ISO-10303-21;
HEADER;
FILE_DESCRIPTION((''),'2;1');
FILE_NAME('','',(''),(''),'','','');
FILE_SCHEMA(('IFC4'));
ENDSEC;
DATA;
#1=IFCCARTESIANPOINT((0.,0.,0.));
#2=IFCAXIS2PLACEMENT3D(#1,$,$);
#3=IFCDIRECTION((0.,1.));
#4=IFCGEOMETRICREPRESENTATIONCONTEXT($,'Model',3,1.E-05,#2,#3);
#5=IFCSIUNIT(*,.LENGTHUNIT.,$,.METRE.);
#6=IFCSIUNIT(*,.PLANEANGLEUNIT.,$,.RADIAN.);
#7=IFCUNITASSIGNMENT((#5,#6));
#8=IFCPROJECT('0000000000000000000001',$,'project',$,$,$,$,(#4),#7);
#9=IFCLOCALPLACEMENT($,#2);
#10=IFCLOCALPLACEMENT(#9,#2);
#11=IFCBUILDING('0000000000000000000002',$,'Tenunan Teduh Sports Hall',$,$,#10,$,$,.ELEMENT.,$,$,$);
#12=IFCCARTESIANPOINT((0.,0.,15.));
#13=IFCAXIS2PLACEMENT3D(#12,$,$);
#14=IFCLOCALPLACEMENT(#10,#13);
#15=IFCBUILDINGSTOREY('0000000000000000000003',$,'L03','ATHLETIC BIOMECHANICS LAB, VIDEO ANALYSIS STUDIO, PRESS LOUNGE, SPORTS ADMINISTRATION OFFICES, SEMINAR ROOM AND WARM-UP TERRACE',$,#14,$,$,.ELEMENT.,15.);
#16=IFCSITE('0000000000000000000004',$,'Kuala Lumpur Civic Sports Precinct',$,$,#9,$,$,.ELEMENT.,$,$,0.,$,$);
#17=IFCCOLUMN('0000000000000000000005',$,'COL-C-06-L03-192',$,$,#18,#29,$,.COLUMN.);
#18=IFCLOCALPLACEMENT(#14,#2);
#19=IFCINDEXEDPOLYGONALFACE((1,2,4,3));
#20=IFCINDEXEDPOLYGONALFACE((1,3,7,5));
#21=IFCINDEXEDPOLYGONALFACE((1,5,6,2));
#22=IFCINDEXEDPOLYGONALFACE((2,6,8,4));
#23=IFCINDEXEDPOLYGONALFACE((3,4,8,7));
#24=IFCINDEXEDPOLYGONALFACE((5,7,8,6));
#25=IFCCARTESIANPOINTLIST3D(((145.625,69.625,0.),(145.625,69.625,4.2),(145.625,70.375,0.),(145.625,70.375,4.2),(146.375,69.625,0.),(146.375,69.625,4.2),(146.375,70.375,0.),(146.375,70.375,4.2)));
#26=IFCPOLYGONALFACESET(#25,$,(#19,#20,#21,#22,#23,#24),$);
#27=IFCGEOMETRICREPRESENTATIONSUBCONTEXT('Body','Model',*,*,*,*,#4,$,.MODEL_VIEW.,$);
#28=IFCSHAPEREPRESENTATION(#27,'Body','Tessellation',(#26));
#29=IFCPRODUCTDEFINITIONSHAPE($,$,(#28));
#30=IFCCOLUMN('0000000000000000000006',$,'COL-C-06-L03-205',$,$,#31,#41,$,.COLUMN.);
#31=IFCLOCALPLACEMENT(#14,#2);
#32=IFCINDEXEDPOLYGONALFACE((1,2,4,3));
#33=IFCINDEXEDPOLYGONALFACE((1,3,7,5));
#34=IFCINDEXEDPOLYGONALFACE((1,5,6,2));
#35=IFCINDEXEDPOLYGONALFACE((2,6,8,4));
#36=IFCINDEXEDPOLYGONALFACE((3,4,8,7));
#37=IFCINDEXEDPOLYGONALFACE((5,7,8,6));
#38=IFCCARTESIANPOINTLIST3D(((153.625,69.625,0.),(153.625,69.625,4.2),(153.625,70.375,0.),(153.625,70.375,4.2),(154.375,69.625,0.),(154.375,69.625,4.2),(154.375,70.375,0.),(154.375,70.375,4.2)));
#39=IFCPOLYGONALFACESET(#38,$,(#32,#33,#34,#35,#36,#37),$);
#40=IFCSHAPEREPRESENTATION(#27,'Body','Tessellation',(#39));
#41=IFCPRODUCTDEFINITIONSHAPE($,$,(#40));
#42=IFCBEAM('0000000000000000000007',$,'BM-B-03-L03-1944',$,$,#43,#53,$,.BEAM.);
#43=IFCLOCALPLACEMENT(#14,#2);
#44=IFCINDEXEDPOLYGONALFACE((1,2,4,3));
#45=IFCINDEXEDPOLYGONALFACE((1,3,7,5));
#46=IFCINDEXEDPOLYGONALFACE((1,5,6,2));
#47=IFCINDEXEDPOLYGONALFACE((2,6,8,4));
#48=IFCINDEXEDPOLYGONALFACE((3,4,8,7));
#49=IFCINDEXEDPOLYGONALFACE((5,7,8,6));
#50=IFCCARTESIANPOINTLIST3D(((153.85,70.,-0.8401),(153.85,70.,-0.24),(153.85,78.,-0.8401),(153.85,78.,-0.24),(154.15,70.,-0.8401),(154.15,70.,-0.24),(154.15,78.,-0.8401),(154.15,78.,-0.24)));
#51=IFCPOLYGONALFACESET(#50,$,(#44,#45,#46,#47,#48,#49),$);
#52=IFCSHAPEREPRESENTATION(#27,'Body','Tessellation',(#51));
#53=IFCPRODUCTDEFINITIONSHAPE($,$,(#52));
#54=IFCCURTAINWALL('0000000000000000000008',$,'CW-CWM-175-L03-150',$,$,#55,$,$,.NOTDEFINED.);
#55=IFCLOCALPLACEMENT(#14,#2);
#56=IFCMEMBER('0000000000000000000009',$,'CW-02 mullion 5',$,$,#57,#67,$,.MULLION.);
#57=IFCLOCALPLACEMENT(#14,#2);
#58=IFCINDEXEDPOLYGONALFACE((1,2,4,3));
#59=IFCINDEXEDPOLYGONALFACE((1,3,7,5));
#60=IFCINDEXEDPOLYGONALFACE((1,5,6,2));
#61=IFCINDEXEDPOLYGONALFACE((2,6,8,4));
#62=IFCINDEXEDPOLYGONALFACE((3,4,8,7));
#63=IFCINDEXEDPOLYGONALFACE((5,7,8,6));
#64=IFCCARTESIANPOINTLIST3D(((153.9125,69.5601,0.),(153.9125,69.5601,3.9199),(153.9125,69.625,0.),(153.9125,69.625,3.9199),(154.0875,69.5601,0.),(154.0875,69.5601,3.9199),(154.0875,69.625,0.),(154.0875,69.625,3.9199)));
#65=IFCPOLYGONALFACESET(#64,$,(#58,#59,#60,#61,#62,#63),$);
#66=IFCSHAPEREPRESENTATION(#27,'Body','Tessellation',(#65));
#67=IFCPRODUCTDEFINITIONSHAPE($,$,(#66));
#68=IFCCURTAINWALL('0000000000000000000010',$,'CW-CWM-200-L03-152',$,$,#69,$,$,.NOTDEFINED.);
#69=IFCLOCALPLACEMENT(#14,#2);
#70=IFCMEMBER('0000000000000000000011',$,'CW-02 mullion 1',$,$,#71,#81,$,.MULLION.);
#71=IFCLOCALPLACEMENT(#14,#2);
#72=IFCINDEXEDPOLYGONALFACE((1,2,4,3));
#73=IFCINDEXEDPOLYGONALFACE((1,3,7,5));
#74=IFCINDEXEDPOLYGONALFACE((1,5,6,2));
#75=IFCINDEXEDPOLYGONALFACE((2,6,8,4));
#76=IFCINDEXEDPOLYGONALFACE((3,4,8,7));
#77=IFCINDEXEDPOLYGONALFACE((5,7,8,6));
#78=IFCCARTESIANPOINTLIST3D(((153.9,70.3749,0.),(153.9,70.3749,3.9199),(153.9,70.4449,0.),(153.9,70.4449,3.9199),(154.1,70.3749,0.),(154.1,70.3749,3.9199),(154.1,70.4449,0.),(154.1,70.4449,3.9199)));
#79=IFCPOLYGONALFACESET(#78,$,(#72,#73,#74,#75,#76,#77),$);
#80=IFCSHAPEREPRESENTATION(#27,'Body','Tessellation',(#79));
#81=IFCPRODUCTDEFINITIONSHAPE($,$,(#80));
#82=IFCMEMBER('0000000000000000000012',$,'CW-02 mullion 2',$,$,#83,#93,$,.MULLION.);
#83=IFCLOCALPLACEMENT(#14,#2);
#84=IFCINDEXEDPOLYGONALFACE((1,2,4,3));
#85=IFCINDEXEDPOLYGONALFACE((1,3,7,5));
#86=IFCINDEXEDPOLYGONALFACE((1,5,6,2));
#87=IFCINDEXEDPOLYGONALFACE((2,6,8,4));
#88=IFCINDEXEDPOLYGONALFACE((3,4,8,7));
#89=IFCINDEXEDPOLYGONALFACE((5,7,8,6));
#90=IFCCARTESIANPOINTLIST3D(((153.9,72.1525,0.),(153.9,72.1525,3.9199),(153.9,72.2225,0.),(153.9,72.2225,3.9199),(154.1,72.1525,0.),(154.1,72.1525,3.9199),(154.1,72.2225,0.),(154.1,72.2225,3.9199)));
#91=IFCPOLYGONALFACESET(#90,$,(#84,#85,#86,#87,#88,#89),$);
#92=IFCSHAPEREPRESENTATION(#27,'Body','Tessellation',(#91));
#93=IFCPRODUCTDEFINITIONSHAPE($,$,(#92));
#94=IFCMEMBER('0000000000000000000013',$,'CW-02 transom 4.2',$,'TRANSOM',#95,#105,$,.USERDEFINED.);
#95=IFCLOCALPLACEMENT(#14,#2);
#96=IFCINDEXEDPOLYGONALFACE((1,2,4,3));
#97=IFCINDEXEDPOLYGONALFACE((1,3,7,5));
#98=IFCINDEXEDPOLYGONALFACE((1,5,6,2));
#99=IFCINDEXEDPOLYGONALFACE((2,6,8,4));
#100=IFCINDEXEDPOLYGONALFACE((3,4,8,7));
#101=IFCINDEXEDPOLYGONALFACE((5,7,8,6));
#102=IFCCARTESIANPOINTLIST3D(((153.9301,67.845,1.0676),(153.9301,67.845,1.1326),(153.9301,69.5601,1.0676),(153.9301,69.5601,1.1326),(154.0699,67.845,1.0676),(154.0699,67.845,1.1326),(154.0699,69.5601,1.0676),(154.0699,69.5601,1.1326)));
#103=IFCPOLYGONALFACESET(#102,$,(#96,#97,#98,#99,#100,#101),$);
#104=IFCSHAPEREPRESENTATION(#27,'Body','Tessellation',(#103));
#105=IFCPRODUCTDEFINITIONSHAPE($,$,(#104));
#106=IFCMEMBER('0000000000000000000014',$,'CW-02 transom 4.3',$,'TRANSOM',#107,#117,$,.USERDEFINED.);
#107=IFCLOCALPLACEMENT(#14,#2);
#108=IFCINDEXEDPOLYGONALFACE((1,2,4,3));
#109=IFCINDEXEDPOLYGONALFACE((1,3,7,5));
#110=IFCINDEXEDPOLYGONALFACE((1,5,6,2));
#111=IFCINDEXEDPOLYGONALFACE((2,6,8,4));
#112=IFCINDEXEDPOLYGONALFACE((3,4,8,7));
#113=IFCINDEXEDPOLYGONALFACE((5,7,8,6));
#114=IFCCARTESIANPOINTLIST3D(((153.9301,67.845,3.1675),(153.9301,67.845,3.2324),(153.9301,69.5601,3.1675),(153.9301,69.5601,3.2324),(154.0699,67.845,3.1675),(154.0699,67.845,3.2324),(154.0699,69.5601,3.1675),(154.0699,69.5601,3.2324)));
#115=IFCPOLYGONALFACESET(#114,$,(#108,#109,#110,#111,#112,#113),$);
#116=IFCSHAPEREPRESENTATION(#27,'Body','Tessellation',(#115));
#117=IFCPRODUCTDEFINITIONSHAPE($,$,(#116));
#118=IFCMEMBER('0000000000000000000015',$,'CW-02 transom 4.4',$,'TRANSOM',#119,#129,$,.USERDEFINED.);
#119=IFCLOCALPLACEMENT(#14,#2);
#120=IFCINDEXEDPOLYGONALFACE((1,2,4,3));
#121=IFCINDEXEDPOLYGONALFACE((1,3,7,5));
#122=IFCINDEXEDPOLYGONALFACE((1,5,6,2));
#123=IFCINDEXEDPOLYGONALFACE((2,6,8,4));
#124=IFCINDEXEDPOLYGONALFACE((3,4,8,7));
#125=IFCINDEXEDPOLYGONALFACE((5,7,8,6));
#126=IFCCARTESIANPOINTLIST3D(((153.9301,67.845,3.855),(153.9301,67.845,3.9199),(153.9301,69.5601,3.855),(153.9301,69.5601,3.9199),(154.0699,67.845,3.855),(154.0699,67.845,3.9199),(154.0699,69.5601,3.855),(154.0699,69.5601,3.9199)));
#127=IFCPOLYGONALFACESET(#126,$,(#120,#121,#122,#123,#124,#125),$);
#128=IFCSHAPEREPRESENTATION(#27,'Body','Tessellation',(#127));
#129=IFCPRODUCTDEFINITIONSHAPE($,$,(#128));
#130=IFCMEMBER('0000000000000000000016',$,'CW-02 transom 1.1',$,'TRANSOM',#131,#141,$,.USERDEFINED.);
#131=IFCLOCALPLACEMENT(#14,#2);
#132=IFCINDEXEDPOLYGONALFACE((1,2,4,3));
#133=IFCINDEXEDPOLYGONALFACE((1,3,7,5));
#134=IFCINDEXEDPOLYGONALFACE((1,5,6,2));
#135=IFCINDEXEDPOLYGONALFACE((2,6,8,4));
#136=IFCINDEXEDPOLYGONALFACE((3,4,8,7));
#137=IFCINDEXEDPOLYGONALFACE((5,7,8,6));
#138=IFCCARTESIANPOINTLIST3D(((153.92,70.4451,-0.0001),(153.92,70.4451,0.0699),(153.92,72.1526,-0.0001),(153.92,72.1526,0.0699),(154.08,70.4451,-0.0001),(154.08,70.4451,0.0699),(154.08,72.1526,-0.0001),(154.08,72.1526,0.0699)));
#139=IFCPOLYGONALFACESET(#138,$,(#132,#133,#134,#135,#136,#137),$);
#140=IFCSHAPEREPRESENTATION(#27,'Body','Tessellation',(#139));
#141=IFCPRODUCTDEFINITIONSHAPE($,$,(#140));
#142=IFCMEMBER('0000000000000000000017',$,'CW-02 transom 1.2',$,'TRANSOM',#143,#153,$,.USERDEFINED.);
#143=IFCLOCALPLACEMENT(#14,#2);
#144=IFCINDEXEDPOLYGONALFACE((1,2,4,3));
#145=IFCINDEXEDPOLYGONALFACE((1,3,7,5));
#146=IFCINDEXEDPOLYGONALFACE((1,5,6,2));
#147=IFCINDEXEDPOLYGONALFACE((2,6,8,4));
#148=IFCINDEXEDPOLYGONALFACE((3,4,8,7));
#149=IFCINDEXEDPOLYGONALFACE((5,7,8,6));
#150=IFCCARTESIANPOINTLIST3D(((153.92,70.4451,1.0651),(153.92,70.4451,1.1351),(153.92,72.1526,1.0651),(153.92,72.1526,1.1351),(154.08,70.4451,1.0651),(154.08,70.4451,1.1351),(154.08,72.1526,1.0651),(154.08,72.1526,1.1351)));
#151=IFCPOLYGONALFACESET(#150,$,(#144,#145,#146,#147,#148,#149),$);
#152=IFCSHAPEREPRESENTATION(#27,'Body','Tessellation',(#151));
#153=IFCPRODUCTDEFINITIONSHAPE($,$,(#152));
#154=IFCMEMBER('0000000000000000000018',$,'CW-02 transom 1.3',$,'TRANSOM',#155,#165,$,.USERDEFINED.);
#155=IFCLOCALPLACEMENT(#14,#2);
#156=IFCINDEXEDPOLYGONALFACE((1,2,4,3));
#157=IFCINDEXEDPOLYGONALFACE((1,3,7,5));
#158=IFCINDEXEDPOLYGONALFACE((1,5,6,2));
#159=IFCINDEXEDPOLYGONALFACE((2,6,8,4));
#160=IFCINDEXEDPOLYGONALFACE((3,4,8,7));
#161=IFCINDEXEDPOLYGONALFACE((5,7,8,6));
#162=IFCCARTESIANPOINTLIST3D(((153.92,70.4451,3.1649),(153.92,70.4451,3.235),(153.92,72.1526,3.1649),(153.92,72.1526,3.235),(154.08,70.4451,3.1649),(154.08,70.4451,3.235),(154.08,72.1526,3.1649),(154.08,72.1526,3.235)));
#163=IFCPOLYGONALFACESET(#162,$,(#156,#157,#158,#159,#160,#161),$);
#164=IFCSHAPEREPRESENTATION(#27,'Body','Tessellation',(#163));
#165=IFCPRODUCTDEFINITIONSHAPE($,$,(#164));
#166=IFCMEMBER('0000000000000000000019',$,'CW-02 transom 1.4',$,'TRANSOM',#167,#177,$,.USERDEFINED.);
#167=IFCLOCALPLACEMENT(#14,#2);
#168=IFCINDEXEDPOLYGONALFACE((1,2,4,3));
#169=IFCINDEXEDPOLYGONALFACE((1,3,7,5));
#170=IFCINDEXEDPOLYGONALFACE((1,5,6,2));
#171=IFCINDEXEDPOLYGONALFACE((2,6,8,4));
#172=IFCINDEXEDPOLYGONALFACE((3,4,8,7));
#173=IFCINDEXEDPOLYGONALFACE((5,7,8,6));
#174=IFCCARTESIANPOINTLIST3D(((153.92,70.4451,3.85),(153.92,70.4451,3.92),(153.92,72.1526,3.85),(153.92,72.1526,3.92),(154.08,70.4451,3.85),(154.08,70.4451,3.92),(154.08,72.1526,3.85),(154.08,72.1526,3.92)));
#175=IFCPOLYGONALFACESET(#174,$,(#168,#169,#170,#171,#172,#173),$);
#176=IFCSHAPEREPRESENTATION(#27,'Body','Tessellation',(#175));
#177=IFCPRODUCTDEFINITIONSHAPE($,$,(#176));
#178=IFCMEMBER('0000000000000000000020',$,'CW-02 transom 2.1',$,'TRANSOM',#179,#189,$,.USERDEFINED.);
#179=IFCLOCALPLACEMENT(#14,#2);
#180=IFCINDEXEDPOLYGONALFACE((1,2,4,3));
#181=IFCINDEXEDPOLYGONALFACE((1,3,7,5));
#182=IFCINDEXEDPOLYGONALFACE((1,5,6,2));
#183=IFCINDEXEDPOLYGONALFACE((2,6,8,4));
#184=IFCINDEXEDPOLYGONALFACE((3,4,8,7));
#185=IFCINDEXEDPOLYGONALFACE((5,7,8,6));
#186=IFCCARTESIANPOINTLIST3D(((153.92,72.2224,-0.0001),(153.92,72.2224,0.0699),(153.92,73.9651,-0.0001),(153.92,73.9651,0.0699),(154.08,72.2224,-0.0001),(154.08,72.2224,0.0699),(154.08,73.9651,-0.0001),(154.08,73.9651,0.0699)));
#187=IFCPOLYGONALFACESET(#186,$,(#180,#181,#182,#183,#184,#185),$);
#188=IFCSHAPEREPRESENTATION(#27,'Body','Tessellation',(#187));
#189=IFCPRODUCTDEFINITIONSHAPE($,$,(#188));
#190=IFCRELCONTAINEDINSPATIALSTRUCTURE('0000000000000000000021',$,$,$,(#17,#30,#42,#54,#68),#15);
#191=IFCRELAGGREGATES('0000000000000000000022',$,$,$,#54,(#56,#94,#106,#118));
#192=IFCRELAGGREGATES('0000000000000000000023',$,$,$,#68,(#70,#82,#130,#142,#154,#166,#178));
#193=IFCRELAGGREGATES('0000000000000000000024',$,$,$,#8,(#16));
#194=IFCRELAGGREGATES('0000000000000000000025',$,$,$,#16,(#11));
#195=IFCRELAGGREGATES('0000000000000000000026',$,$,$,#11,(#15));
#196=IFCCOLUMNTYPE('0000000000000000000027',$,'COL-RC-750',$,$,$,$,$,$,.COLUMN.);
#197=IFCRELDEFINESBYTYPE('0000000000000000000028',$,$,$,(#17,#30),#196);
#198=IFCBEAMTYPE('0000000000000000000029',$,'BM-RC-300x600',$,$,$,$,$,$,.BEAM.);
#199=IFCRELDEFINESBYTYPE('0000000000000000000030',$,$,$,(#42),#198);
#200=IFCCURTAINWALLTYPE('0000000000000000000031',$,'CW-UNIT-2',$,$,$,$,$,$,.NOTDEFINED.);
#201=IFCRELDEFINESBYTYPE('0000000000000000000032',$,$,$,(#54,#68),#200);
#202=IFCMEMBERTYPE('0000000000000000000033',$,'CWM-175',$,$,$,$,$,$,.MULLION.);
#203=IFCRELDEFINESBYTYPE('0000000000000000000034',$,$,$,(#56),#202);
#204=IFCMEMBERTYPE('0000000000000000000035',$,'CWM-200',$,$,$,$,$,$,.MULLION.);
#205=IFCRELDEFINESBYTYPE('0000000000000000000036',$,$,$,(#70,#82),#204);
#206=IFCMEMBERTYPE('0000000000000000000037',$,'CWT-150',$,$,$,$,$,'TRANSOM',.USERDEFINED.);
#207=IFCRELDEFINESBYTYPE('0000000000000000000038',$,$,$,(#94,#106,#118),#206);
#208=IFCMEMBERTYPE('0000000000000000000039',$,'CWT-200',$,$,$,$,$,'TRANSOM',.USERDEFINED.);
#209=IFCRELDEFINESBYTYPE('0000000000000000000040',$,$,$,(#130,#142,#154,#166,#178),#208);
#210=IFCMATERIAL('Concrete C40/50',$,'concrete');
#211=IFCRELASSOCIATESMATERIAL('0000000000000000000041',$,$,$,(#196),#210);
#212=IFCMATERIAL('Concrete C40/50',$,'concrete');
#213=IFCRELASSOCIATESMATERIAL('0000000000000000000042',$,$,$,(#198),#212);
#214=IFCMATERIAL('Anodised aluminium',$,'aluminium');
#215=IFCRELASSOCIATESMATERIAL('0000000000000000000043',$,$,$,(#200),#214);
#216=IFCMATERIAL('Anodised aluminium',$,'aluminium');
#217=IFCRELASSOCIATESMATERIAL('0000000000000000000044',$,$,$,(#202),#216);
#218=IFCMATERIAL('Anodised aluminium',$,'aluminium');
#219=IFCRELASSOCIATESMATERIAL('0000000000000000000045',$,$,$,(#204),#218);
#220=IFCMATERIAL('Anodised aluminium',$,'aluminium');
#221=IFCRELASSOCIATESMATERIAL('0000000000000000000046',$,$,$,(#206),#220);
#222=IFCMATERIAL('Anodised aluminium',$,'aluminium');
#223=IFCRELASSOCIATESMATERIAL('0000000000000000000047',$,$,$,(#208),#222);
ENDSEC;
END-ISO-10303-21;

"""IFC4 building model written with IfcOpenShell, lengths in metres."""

from ifc_helpers import new_model, si_unit, direction, frame, origin, origin_2d, place, context, subcontext, project, spatial, rectangle, extrude, material, material_profile, profile_set, type_object, element, aggregate, save


model = new_model("IFC4")

# Units and contexts
model_context = context("Model", 3, precision=1e-05, world=origin(), true_north=direction((0.0, 1.0)))
body_context = subcontext(model_context, "Body", "Model", "MODEL_VIEW")
ifc_project = project(units=[si_unit("LENGTHUNIT", "METRE"), si_unit("PLANEANGLEUNIT", "RADIAN")], contexts=[model_context])

# Site, building, storey
site_placement = place(None, origin())
site = spatial("IfcSite", under=ifc_project, at=site_placement, Name="Kuala Lumpur Civic Sports Precinct", CompositionType="ELEMENT", RefElevation=0.0)
building_placement = place(site_placement, origin())
building = spatial("IfcBuilding", under=site, at=building_placement, Name="Tenunan Teduh Sports Hall", CompositionType="ELEMENT")
storey_placement = place(building_placement, frame((0.0, 0.0, 15.0)))
storey = spatial("IfcBuildingStorey", under=building, at=storey_placement, Name="L03", Description="ATHLETIC BIOMECHANICS LAB, VIDEO ANALYSIS STUDIO, PRESS LOUNGE, SPORTS ADMINISTRATION OFFICES, SEMINAR ROOM AND WARM-UP TERRACE", CompositionType="ELEMENT", Elevation=15.0)

# Columns
ifc_material_1 = material(Name="Concrete C40/50", Category="concrete")
ifc_material_profile_1 = material_profile(ifc_material_1, rectangle(XDim=0.75, YDim=0.75, at=origin_2d()), Name="RC 750x750")
ifc_profile_set_1 = profile_set([ifc_material_profile_1], Name="Concrete C40/50")
column_type = type_object("IfcColumnType", Name="COL-RC-750", PredefinedType="COLUMN", material=ifc_profile_set_1)
for number, where, z_axis, x_axis, name in (
    (1, (146.0, 70.0, 0.0), (0.0, 0.0, 1.0), (1.0, 0.0, 0.0), "COL-C-06-L03-192"),
    (2, (154.0, 70.0, 0.0), (0.0, 0.0, 1.0), (1.0, 0.0, 0.0), "COL-C-06-L03-205"),
):
    element("IfcColumn", number, at=place(storey_placement, frame(where, z_axis=z_axis, x_axis=x_axis)), inside=storey, type_object=column_type, Name=name, PredefinedType="COLUMN", context=body_context, shape_type="SweptSolid", body=[
        extrude(rectangle(XDim=0.75, YDim=0.75, at=origin_2d()), origin(), (0.0, 0.0, 1.0), 4.2),
    ])

# Beam
ifc_material_2 = material(Name="Concrete C40/50", Category="concrete")
ifc_material_profile_2 = material_profile(ifc_material_2, rectangle(XDim=0.3, YDim=0.6001, at=origin_2d()), Name="RCB 300x600")
ifc_profile_set_2 = profile_set([ifc_material_profile_2], Name="Concrete C40/50")
beam_type = type_object("IfcBeamType", Name="BM-RC-300x600", PredefinedType="BEAM", material=ifc_profile_set_2)
beam_placement = place(storey_placement, frame((154.0, 70.0, -0.54), z_axis=(0.0, 1.0, 0.0), x_axis=(-1.0, 0.0, 0.0)))
element("IfcBeam", 3, at=beam_placement, inside=storey, type_object=beam_type, Name="BM-B-03-L03-1944", PredefinedType="BEAM", context=body_context, shape_type="SweptSolid", body=[
    extrude(rectangle(XDim=0.3, YDim=0.6001, at=origin_2d()), origin(), (0.0, 0.0, 1.0), 8.0),
])

# Curtain wall, member
ifc_material_3 = material(Name="Anodised aluminium", Category="aluminium")
curtain_wall_type = type_object("IfcCurtainWallType", Name="CW-UNIT-2", PredefinedType="NOTDEFINED", material=ifc_material_3)
curtain_wall_1_placement = place(storey_placement, origin())
curtain_wall_1 = element("IfcCurtainWall", 4, at=curtain_wall_1_placement, inside=storey, type_object=curtain_wall_type, Name="CW-CWM-175-L03-150", PredefinedType="NOTDEFINED")
ifc_material_4 = material(Name="Anodised aluminium", Category="aluminium")
ifc_material_profile_3 = material_profile(ifc_material_4, rectangle(XDim=0.0649, YDim=0.175, at=origin_2d()), Name="CWM 65x175")
ifc_profile_set_3 = profile_set([ifc_material_profile_3], Name="Anodised aluminium")
member_type_1 = type_object("IfcMemberType", Name="CWM-175", PredefinedType="MULLION", material=ifc_profile_set_3)
member_1_placement = place(storey_placement, frame((154.0, 69.5925, 0.0), z_axis=(0.0, 0.0, 1.0), x_axis=(0.0, 1.0, 0.0)))
member_1 = element("IfcMember", 5, at=member_1_placement, type_object=member_type_1, Name="CW-02 mullion 5", PredefinedType="MULLION", context=body_context, shape_type="SweptSolid", body=[
    extrude(rectangle(XDim=0.0649, YDim=0.175, at=origin_2d()), origin(), (0.0, 0.0, 1.0), 3.9199),
])

# Curtain wall, members
curtain_wall_2_placement = place(storey_placement, origin())
curtain_wall_2 = element("IfcCurtainWall", 6, at=curtain_wall_2_placement, inside=storey, type_object=curtain_wall_type, Name="CW-CWM-200-L03-152", PredefinedType="NOTDEFINED")
ifc_material_5 = material(Name="Anodised aluminium", Category="aluminium")
ifc_material_profile_4 = material_profile(ifc_material_5, rectangle(XDim=0.0701, YDim=0.2, at=origin_2d()), Name="CWM 70x200")
ifc_profile_set_4 = profile_set([ifc_material_profile_4], Name="Anodised aluminium")
member_type_2 = type_object("IfcMemberType", Name="CWM-200", PredefinedType="MULLION", material=ifc_profile_set_4)
member_2_placement = place(storey_placement, frame((154.0, 70.4099, 0.0), z_axis=(0.0, 0.0, 1.0), x_axis=(0.0, 1.0, 0.0)))
member_2 = element("IfcMember", 7, at=member_2_placement, type_object=member_type_2, Name="CW-02 mullion 1", PredefinedType="MULLION", context=body_context, shape_type="SweptSolid", body=[
    extrude(rectangle(XDim=0.0701, YDim=0.2, at=origin_2d()), origin(), (0.0, 0.0, 1.0), 3.9199),
])
member_3_placement = place(storey_placement, frame((154.0, 72.1875, 0.0), z_axis=(0.0, 0.0, 1.0), x_axis=(0.0, 1.0, 0.0)))
member_3 = element("IfcMember", 8, at=member_3_placement, type_object=member_type_2, Name="CW-02 mullion 2", PredefinedType="MULLION", context=body_context, shape_type="SweptSolid", body=[
    extrude(rectangle(XDim=0.0701, YDim=0.2, at=origin_2d()), origin(), (0.0, 0.0, 1.0), 3.9199),
])

# Members
ifc_material_6 = material(Name="Anodised aluminium", Category="aluminium")
ifc_material_profile_5 = material_profile(ifc_material_6, rectangle(XDim=0.0649, YDim=0.1399, at=origin_2d()), Name="CWT 65x140")
ifc_profile_set_5 = profile_set([ifc_material_profile_5], Name="Anodised aluminium")
member_type_3 = type_object("IfcMemberType", Name="CWT-150", ElementType="TRANSOM", PredefinedType="USERDEFINED", material=ifc_profile_set_5)
member_4_placement = place(storey_placement, frame((154.0, 67.845, 1.1001), z_axis=(0.0, 1.0, 0.0), x_axis=(0.0, 0.0, 1.0)))
member_4 = element("IfcMember", 9, at=member_4_placement, type_object=member_type_3, Name="CW-02 transom 4.2", ObjectType="TRANSOM", PredefinedType="USERDEFINED", context=body_context, shape_type="SweptSolid", body=[
    extrude(rectangle(XDim=0.0649, YDim=0.1399, at=origin_2d()), origin(), (0.0, 0.0, 1.0), 1.7151),
])
member_5_placement = place(storey_placement, frame((154.0, 67.845, 3.2), z_axis=(0.0, 1.0, 0.0), x_axis=(0.0, 0.0, 1.0)))
member_5 = element("IfcMember", 10, at=member_5_placement, type_object=member_type_3, Name="CW-02 transom 4.3", ObjectType="TRANSOM", PredefinedType="USERDEFINED", context=body_context, shape_type="SweptSolid", body=[
    extrude(rectangle(XDim=0.0649, YDim=0.1399, at=origin_2d()), origin(), (0.0, 0.0, 1.0), 1.7151),
])
member_6_placement = place(storey_placement, frame((154.0, 67.845, 3.8875), z_axis=(0.0, 1.0, 0.0), x_axis=(0.0, 0.0, 1.0)))
member_6 = element("IfcMember", 11, at=member_6_placement, type_object=member_type_3, Name="CW-02 transom 4.4", ObjectType="TRANSOM", PredefinedType="USERDEFINED", context=body_context, shape_type="SweptSolid", body=[
    extrude(rectangle(XDim=0.0649, YDim=0.1399, at=origin_2d()), origin(), (0.0, 0.0, 1.0), 1.7151),
])
ifc_material_7 = material(Name="Anodised aluminium", Category="aluminium")
ifc_material_profile_6 = material_profile(ifc_material_7, rectangle(XDim=0.0701, YDim=0.1599, at=origin_2d()), Name="CWT 70x160")
ifc_profile_set_6 = profile_set([ifc_material_profile_6], Name="Anodised aluminium")
member_type_4 = type_object("IfcMemberType", Name="CWT-200", ElementType="TRANSOM", PredefinedType="USERDEFINED", material=ifc_profile_set_6)
member_7_placement = place(storey_placement, frame((154.0, 70.4451, 0.0349), z_axis=(0.0, 1.0, 0.0), x_axis=(0.0, 0.0, 1.0)))
member_7 = element("IfcMember", 12, at=member_7_placement, type_object=member_type_4, Name="CW-02 transom 1.1", ObjectType="TRANSOM", PredefinedType="USERDEFINED", context=body_context, shape_type="SweptSolid", body=[
    extrude(rectangle(XDim=0.0701, YDim=0.1599, at=origin_2d()), origin(), (0.0, 0.0, 1.0), 1.7075),
])
member_8_placement = place(storey_placement, frame((154.0, 70.4451, 1.1001), z_axis=(0.0, 1.0, 0.0), x_axis=(0.0, 0.0, 1.0)))
member_8 = element("IfcMember", 13, at=member_8_placement, type_object=member_type_4, Name="CW-02 transom 1.2", ObjectType="TRANSOM", PredefinedType="USERDEFINED", context=body_context, shape_type="SweptSolid", body=[
    extrude(rectangle(XDim=0.0701, YDim=0.1599, at=origin_2d()), origin(), (0.0, 0.0, 1.0), 1.7075),
])
member_9_placement = place(storey_placement, frame((154.0, 70.4451, 3.2), z_axis=(0.0, 1.0, 0.0), x_axis=(0.0, 0.0, 1.0)))
member_9 = element("IfcMember", 14, at=member_9_placement, type_object=member_type_4, Name="CW-02 transom 1.3", ObjectType="TRANSOM", PredefinedType="USERDEFINED", context=body_context, shape_type="SweptSolid", body=[
    extrude(rectangle(XDim=0.0701, YDim=0.1599, at=origin_2d()), origin(), (0.0, 0.0, 1.0), 1.7075),
])
member_10_placement = place(storey_placement, frame((154.0, 70.4451, 3.885), z_axis=(0.0, 1.0, 0.0), x_axis=(0.0, 0.0, 1.0)))
member_10 = element("IfcMember", 15, at=member_10_placement, type_object=member_type_4, Name="CW-02 transom 1.4", ObjectType="TRANSOM", PredefinedType="USERDEFINED", context=body_context, shape_type="SweptSolid", body=[
    extrude(rectangle(XDim=0.0701, YDim=0.1599, at=origin_2d()), origin(), (0.0, 0.0, 1.0), 1.7075),
])
member_11_placement = place(storey_placement, frame((154.0, 72.2224, 0.0349), z_axis=(0.0, 1.0, 0.0), x_axis=(0.0, 0.0, 1.0)))
member_11 = element("IfcMember", 16, at=member_11_placement, type_object=member_type_4, Name="CW-02 transom 2.1", ObjectType="TRANSOM", PredefinedType="USERDEFINED", context=body_context, shape_type="SweptSolid", body=[
    extrude(rectangle(XDim=0.0701, YDim=0.1599, at=origin_2d()), origin(), (0.0, 0.0, 1.0), 1.7427),
])

aggregate(curtain_wall_1, [member_1, member_4, member_5, member_6])
aggregate(curtain_wall_2, [member_2, member_3, member_7, member_8, member_9, member_10, member_11])

save(model, "model.ifc")
